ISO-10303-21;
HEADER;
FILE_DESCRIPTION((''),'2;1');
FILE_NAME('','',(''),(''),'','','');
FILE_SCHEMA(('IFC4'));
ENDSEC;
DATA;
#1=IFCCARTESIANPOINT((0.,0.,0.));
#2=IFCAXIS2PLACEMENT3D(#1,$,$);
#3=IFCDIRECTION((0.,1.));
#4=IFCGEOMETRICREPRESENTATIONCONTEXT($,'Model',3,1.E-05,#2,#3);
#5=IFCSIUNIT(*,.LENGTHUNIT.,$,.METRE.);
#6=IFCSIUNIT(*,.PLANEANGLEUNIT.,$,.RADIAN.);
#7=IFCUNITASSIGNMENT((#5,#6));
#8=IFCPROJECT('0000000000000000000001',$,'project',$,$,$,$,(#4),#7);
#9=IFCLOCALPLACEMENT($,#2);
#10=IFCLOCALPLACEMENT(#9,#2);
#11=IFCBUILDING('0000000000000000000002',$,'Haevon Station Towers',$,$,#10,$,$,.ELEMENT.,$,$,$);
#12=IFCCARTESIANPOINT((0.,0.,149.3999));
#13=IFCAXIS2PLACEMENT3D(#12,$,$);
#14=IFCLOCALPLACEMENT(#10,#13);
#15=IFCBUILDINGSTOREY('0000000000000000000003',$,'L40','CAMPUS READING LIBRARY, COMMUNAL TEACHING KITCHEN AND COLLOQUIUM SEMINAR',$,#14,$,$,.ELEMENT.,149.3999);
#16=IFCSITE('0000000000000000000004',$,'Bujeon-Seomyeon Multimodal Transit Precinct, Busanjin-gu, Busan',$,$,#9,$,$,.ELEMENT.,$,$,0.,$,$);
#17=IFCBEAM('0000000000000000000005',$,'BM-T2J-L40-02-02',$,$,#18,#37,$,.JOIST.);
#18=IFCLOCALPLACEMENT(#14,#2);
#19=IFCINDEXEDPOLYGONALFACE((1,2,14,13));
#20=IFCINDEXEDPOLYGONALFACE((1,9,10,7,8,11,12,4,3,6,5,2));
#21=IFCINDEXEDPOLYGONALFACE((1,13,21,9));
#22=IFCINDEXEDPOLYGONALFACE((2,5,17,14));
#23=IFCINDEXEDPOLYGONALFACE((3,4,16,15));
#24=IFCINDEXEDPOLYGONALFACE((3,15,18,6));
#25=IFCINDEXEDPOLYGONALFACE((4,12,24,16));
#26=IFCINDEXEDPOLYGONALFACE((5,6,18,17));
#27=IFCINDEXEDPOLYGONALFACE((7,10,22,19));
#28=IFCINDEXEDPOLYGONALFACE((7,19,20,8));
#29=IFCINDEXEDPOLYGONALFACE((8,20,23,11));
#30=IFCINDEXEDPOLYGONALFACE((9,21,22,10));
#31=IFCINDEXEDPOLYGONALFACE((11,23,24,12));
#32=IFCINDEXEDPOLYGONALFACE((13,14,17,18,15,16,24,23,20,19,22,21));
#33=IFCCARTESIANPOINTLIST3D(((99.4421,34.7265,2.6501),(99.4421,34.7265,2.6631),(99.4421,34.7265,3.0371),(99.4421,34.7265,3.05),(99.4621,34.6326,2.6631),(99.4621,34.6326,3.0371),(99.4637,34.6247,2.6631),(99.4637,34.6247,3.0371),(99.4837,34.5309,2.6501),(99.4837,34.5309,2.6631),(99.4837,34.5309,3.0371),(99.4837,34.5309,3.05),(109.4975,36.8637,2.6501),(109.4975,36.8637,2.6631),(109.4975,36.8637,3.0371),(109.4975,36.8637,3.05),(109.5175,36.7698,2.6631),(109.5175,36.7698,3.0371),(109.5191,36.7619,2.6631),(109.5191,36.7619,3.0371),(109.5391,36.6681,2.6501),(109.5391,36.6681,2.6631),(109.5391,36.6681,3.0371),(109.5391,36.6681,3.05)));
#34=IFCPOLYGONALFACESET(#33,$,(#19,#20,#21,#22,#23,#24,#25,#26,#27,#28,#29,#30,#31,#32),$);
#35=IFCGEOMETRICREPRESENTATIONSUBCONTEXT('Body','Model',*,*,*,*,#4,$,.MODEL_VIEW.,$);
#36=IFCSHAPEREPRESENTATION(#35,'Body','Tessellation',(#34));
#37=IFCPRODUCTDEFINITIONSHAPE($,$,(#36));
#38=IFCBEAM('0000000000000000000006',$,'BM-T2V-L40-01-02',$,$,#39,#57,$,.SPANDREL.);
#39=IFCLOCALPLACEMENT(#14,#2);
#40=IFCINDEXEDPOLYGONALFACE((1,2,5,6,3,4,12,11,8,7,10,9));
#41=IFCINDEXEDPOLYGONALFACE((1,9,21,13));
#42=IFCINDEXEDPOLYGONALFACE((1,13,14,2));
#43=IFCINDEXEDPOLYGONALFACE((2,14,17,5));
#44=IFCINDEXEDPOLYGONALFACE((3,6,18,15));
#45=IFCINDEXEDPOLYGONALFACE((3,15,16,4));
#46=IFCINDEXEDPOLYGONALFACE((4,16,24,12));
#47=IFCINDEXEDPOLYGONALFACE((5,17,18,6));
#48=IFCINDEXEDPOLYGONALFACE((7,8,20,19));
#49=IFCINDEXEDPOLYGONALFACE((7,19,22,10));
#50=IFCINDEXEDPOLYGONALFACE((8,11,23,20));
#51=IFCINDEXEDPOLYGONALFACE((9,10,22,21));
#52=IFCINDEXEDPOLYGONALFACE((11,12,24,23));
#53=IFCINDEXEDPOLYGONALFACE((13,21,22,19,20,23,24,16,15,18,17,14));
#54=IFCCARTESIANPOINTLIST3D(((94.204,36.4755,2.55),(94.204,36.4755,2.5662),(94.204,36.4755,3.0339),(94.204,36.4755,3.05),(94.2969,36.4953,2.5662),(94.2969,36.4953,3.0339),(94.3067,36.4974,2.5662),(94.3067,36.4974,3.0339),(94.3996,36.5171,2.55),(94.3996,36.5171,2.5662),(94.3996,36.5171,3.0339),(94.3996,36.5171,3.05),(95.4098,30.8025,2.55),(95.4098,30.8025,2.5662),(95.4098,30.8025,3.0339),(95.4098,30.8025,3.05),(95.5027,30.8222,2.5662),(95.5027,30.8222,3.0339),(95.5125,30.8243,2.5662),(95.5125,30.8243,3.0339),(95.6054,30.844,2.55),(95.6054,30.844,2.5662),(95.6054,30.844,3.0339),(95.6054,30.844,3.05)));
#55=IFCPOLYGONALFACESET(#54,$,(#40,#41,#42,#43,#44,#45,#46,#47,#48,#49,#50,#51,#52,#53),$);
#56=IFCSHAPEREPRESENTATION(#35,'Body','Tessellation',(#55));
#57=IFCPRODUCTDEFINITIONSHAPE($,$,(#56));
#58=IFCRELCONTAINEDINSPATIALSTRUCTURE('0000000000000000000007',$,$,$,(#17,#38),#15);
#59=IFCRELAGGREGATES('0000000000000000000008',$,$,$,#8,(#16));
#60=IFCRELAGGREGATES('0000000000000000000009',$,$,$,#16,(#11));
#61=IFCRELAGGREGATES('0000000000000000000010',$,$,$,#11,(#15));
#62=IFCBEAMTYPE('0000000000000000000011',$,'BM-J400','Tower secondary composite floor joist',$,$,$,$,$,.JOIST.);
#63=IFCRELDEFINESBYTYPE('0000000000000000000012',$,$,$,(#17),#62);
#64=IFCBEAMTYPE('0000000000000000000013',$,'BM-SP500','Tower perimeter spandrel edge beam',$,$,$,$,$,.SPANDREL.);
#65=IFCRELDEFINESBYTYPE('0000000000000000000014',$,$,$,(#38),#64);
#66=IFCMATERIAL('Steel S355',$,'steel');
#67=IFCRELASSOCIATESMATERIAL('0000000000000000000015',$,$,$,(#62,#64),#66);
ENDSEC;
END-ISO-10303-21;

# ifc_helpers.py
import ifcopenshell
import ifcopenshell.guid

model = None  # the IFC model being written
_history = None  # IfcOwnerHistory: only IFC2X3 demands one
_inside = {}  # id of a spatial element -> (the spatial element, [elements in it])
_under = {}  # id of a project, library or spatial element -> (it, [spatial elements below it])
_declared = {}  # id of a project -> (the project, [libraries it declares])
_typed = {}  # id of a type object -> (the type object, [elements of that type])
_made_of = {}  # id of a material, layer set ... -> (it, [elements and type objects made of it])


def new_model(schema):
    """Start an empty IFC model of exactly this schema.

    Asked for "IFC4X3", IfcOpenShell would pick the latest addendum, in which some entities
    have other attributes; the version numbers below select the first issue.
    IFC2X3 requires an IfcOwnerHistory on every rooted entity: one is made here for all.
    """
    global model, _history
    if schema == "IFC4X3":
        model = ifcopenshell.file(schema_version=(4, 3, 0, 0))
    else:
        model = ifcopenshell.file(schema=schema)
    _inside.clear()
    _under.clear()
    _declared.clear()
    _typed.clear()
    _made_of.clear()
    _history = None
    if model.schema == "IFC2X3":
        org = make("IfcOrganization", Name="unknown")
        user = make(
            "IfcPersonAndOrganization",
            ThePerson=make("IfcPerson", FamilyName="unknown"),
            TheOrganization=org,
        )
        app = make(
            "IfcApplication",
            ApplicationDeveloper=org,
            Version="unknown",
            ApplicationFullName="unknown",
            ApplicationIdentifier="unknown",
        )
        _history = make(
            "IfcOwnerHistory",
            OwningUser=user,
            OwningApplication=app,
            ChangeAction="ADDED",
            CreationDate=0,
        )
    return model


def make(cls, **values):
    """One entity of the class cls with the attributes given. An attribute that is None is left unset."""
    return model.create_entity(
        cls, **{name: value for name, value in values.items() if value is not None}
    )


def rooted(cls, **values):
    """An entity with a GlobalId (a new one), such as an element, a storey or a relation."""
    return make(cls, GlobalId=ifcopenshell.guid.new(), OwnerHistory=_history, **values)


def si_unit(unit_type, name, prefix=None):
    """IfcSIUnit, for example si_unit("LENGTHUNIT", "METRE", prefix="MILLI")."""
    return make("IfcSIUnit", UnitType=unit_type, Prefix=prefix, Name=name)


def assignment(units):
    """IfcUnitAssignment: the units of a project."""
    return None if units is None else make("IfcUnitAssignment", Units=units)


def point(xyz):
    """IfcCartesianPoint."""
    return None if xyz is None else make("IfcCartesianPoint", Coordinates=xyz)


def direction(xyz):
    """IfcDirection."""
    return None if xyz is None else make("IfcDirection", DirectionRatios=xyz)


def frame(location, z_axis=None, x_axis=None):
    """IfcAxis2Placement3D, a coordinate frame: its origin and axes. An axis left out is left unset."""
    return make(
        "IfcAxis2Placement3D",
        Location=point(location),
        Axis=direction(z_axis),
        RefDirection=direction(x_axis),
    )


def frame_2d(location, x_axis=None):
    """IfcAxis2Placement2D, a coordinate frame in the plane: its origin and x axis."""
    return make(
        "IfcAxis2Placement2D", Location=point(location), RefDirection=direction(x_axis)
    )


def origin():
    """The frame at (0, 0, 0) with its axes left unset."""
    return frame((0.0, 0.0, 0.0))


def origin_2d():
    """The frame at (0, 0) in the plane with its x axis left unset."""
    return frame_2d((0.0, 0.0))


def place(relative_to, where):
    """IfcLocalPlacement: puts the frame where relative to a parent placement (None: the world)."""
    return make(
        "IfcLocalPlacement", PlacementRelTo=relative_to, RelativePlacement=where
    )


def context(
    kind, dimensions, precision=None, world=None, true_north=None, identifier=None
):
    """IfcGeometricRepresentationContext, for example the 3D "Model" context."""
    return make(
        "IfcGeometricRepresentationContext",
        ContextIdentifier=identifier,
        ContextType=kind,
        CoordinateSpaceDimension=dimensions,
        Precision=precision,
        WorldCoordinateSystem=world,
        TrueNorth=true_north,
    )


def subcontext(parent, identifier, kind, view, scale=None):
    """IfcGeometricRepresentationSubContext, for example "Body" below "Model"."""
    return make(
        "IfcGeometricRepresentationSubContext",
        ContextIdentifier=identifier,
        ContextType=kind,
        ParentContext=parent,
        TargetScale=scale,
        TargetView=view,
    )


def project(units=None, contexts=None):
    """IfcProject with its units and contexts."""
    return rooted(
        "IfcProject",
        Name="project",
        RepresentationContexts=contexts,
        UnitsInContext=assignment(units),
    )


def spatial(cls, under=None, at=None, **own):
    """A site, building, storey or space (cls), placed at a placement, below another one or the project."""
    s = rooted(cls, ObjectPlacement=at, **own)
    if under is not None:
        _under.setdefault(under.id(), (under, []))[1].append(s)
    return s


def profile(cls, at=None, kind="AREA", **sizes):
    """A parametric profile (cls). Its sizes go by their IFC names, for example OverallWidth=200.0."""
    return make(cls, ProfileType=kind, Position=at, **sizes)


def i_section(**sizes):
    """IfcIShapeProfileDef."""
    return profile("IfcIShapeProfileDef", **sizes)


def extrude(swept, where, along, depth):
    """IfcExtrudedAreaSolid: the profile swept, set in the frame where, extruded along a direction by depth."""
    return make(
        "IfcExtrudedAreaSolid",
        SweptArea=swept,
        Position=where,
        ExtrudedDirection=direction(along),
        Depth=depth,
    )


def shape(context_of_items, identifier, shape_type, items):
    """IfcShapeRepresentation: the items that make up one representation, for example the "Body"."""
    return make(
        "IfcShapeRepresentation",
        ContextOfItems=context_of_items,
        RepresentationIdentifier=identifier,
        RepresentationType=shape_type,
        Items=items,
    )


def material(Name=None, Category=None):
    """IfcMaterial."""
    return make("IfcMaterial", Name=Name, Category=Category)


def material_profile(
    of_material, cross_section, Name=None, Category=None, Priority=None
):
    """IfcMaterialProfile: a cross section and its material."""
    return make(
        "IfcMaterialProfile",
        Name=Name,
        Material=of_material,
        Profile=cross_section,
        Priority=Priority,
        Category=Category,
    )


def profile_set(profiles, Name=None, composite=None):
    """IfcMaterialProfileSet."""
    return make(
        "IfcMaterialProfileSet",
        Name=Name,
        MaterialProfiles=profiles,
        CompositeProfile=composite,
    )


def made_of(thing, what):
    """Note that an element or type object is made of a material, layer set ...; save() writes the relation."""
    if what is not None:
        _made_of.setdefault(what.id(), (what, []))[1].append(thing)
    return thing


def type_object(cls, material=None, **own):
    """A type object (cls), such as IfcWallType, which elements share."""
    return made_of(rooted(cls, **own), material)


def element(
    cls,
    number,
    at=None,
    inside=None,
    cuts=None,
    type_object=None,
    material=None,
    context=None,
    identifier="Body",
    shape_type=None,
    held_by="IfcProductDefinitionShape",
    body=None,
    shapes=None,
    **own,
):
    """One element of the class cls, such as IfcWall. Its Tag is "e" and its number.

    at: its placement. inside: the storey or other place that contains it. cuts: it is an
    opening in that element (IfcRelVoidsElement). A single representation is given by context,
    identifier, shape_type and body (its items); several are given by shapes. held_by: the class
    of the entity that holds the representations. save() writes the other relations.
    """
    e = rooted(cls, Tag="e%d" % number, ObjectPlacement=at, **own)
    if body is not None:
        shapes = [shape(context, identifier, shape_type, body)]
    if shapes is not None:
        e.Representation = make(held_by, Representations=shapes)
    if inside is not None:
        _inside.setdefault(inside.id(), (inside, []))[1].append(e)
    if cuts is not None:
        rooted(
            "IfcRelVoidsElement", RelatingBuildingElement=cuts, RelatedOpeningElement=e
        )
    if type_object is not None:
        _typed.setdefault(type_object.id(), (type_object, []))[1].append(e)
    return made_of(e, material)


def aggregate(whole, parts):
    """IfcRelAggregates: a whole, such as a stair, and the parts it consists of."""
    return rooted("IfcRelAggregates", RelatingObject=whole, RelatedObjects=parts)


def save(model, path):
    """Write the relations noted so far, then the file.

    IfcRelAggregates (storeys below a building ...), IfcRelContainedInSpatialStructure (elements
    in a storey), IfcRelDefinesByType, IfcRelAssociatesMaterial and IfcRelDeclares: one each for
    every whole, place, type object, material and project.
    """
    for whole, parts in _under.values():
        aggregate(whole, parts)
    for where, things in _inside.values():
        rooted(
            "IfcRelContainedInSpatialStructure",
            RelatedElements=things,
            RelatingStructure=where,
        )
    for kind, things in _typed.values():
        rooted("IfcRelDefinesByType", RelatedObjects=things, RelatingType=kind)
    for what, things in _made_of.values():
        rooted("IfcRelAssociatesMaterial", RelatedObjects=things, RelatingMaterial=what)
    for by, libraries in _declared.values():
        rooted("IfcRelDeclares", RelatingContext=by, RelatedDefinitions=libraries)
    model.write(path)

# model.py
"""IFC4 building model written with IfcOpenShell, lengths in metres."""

from ifc_helpers import new_model, si_unit, direction, frame, origin, origin_2d, place, context, subcontext, project, spatial, i_section, extrude, material, material_profile, profile_set, type_object, element, save


model = new_model("IFC4")

# Units and contexts
model_context = context("Model", 3, precision=1e-05, world=origin(), true_north=direction((0.0, 1.0)))
body_context = subcontext(model_context, "Body", "Model", "MODEL_VIEW")
ifc_project = project(units=[si_unit("LENGTHUNIT", "METRE"), si_unit("PLANEANGLEUNIT", "RADIAN")], contexts=[model_context])

# Site, building, storey
site_placement = place(None, origin())
site = spatial("IfcSite", under=ifc_project, at=site_placement, Name="Bujeon-Seomyeon Multimodal Transit Precinct, Busanjin-gu, Busan", CompositionType="ELEMENT", RefElevation=0.0)
building_placement = place(site_placement, origin())
building = spatial("IfcBuilding", under=site, at=building_placement, Name="Haevon Station Towers", CompositionType="ELEMENT")
storey_placement = place(building_placement, frame((0.0, 0.0, 149.3999)))
storey = spatial("IfcBuildingStorey", under=building, at=storey_placement, Name="L40", Description="CAMPUS READING LIBRARY, COMMUNAL TEACHING KITCHEN AND COLLOQUIUM SEMINAR", CompositionType="ELEMENT", Elevation=149.3999)

# Shared definitions
ifc_material_1 = material(Name="Steel S355", Category="steel")

# Beams
ifc_material_profile_1 = material_profile(ifc_material_1, i_section(OverallWidth=0.2, OverallDepth=0.3999, WebThickness=0.0081, FlangeThickness=0.0129, at=origin_2d()), Name="H-400x200x8x13")
ifc_profile_set_1 = profile_set([ifc_material_profile_1], Name="Steel S355")
beam_type_1 = type_object("IfcBeamType", Name="BM-J400", Description="Tower secondary composite floor joist", PredefinedType="JOIST", material=ifc_profile_set_1)
beam_1_placement = place(storey_placement, frame((99.4629, 34.6287, 2.8501), z_axis=(0.97815, 0.207899, 0.0), x_axis=(-0.207899, 0.97815, 0.0)))
element("IfcBeam", 1, at=beam_1_placement, inside=storey, type_object=beam_type_1, Name="BM-T2J-L40-02-02", PredefinedType="JOIST", context=body_context, shape_type="SweptSolid", body=[
    extrude(i_section(OverallWidth=0.2, OverallDepth=0.3999, WebThickness=0.0081, FlangeThickness=0.0129, at=origin_2d()), origin(), (0.0, 0.0, 1.0), 10.28),
])
ifc_material_profile_2 = material_profile(ifc_material_1, i_section(OverallWidth=0.2, OverallDepth=0.5, WebThickness=0.01, FlangeThickness=0.0161, at=origin_2d()), Name="H-500x200x10x16")
ifc_profile_set_2 = profile_set([ifc_material_profile_2], Name="Steel S355")
beam_type_2 = type_object("IfcBeamType", Name="BM-SP500", Description="Tower perimeter spandrel edge beam", PredefinedType="SPANDREL", material=ifc_profile_set_2)
beam_2_placement = place(storey_placement, frame((95.5076, 30.8232, 2.8), z_axis=(-0.207905, 0.978149, 0.0), x_axis=(-0.978149, -0.207905, 0.0)))
element("IfcBeam", 2, at=beam_2_placement, inside=storey, type_object=beam_type_2, Name="BM-T2V-L40-01-02", PredefinedType="SPANDREL", context=body_context, shape_type="SweptSolid", body=[
    extrude(i_section(OverallWidth=0.2, OverallDepth=0.5, WebThickness=0.01, FlangeThickness=0.0161, at=origin_2d()), origin(), (0.0, 0.0, 1.0), 5.7998),
])

save(model, "model.ifc")
